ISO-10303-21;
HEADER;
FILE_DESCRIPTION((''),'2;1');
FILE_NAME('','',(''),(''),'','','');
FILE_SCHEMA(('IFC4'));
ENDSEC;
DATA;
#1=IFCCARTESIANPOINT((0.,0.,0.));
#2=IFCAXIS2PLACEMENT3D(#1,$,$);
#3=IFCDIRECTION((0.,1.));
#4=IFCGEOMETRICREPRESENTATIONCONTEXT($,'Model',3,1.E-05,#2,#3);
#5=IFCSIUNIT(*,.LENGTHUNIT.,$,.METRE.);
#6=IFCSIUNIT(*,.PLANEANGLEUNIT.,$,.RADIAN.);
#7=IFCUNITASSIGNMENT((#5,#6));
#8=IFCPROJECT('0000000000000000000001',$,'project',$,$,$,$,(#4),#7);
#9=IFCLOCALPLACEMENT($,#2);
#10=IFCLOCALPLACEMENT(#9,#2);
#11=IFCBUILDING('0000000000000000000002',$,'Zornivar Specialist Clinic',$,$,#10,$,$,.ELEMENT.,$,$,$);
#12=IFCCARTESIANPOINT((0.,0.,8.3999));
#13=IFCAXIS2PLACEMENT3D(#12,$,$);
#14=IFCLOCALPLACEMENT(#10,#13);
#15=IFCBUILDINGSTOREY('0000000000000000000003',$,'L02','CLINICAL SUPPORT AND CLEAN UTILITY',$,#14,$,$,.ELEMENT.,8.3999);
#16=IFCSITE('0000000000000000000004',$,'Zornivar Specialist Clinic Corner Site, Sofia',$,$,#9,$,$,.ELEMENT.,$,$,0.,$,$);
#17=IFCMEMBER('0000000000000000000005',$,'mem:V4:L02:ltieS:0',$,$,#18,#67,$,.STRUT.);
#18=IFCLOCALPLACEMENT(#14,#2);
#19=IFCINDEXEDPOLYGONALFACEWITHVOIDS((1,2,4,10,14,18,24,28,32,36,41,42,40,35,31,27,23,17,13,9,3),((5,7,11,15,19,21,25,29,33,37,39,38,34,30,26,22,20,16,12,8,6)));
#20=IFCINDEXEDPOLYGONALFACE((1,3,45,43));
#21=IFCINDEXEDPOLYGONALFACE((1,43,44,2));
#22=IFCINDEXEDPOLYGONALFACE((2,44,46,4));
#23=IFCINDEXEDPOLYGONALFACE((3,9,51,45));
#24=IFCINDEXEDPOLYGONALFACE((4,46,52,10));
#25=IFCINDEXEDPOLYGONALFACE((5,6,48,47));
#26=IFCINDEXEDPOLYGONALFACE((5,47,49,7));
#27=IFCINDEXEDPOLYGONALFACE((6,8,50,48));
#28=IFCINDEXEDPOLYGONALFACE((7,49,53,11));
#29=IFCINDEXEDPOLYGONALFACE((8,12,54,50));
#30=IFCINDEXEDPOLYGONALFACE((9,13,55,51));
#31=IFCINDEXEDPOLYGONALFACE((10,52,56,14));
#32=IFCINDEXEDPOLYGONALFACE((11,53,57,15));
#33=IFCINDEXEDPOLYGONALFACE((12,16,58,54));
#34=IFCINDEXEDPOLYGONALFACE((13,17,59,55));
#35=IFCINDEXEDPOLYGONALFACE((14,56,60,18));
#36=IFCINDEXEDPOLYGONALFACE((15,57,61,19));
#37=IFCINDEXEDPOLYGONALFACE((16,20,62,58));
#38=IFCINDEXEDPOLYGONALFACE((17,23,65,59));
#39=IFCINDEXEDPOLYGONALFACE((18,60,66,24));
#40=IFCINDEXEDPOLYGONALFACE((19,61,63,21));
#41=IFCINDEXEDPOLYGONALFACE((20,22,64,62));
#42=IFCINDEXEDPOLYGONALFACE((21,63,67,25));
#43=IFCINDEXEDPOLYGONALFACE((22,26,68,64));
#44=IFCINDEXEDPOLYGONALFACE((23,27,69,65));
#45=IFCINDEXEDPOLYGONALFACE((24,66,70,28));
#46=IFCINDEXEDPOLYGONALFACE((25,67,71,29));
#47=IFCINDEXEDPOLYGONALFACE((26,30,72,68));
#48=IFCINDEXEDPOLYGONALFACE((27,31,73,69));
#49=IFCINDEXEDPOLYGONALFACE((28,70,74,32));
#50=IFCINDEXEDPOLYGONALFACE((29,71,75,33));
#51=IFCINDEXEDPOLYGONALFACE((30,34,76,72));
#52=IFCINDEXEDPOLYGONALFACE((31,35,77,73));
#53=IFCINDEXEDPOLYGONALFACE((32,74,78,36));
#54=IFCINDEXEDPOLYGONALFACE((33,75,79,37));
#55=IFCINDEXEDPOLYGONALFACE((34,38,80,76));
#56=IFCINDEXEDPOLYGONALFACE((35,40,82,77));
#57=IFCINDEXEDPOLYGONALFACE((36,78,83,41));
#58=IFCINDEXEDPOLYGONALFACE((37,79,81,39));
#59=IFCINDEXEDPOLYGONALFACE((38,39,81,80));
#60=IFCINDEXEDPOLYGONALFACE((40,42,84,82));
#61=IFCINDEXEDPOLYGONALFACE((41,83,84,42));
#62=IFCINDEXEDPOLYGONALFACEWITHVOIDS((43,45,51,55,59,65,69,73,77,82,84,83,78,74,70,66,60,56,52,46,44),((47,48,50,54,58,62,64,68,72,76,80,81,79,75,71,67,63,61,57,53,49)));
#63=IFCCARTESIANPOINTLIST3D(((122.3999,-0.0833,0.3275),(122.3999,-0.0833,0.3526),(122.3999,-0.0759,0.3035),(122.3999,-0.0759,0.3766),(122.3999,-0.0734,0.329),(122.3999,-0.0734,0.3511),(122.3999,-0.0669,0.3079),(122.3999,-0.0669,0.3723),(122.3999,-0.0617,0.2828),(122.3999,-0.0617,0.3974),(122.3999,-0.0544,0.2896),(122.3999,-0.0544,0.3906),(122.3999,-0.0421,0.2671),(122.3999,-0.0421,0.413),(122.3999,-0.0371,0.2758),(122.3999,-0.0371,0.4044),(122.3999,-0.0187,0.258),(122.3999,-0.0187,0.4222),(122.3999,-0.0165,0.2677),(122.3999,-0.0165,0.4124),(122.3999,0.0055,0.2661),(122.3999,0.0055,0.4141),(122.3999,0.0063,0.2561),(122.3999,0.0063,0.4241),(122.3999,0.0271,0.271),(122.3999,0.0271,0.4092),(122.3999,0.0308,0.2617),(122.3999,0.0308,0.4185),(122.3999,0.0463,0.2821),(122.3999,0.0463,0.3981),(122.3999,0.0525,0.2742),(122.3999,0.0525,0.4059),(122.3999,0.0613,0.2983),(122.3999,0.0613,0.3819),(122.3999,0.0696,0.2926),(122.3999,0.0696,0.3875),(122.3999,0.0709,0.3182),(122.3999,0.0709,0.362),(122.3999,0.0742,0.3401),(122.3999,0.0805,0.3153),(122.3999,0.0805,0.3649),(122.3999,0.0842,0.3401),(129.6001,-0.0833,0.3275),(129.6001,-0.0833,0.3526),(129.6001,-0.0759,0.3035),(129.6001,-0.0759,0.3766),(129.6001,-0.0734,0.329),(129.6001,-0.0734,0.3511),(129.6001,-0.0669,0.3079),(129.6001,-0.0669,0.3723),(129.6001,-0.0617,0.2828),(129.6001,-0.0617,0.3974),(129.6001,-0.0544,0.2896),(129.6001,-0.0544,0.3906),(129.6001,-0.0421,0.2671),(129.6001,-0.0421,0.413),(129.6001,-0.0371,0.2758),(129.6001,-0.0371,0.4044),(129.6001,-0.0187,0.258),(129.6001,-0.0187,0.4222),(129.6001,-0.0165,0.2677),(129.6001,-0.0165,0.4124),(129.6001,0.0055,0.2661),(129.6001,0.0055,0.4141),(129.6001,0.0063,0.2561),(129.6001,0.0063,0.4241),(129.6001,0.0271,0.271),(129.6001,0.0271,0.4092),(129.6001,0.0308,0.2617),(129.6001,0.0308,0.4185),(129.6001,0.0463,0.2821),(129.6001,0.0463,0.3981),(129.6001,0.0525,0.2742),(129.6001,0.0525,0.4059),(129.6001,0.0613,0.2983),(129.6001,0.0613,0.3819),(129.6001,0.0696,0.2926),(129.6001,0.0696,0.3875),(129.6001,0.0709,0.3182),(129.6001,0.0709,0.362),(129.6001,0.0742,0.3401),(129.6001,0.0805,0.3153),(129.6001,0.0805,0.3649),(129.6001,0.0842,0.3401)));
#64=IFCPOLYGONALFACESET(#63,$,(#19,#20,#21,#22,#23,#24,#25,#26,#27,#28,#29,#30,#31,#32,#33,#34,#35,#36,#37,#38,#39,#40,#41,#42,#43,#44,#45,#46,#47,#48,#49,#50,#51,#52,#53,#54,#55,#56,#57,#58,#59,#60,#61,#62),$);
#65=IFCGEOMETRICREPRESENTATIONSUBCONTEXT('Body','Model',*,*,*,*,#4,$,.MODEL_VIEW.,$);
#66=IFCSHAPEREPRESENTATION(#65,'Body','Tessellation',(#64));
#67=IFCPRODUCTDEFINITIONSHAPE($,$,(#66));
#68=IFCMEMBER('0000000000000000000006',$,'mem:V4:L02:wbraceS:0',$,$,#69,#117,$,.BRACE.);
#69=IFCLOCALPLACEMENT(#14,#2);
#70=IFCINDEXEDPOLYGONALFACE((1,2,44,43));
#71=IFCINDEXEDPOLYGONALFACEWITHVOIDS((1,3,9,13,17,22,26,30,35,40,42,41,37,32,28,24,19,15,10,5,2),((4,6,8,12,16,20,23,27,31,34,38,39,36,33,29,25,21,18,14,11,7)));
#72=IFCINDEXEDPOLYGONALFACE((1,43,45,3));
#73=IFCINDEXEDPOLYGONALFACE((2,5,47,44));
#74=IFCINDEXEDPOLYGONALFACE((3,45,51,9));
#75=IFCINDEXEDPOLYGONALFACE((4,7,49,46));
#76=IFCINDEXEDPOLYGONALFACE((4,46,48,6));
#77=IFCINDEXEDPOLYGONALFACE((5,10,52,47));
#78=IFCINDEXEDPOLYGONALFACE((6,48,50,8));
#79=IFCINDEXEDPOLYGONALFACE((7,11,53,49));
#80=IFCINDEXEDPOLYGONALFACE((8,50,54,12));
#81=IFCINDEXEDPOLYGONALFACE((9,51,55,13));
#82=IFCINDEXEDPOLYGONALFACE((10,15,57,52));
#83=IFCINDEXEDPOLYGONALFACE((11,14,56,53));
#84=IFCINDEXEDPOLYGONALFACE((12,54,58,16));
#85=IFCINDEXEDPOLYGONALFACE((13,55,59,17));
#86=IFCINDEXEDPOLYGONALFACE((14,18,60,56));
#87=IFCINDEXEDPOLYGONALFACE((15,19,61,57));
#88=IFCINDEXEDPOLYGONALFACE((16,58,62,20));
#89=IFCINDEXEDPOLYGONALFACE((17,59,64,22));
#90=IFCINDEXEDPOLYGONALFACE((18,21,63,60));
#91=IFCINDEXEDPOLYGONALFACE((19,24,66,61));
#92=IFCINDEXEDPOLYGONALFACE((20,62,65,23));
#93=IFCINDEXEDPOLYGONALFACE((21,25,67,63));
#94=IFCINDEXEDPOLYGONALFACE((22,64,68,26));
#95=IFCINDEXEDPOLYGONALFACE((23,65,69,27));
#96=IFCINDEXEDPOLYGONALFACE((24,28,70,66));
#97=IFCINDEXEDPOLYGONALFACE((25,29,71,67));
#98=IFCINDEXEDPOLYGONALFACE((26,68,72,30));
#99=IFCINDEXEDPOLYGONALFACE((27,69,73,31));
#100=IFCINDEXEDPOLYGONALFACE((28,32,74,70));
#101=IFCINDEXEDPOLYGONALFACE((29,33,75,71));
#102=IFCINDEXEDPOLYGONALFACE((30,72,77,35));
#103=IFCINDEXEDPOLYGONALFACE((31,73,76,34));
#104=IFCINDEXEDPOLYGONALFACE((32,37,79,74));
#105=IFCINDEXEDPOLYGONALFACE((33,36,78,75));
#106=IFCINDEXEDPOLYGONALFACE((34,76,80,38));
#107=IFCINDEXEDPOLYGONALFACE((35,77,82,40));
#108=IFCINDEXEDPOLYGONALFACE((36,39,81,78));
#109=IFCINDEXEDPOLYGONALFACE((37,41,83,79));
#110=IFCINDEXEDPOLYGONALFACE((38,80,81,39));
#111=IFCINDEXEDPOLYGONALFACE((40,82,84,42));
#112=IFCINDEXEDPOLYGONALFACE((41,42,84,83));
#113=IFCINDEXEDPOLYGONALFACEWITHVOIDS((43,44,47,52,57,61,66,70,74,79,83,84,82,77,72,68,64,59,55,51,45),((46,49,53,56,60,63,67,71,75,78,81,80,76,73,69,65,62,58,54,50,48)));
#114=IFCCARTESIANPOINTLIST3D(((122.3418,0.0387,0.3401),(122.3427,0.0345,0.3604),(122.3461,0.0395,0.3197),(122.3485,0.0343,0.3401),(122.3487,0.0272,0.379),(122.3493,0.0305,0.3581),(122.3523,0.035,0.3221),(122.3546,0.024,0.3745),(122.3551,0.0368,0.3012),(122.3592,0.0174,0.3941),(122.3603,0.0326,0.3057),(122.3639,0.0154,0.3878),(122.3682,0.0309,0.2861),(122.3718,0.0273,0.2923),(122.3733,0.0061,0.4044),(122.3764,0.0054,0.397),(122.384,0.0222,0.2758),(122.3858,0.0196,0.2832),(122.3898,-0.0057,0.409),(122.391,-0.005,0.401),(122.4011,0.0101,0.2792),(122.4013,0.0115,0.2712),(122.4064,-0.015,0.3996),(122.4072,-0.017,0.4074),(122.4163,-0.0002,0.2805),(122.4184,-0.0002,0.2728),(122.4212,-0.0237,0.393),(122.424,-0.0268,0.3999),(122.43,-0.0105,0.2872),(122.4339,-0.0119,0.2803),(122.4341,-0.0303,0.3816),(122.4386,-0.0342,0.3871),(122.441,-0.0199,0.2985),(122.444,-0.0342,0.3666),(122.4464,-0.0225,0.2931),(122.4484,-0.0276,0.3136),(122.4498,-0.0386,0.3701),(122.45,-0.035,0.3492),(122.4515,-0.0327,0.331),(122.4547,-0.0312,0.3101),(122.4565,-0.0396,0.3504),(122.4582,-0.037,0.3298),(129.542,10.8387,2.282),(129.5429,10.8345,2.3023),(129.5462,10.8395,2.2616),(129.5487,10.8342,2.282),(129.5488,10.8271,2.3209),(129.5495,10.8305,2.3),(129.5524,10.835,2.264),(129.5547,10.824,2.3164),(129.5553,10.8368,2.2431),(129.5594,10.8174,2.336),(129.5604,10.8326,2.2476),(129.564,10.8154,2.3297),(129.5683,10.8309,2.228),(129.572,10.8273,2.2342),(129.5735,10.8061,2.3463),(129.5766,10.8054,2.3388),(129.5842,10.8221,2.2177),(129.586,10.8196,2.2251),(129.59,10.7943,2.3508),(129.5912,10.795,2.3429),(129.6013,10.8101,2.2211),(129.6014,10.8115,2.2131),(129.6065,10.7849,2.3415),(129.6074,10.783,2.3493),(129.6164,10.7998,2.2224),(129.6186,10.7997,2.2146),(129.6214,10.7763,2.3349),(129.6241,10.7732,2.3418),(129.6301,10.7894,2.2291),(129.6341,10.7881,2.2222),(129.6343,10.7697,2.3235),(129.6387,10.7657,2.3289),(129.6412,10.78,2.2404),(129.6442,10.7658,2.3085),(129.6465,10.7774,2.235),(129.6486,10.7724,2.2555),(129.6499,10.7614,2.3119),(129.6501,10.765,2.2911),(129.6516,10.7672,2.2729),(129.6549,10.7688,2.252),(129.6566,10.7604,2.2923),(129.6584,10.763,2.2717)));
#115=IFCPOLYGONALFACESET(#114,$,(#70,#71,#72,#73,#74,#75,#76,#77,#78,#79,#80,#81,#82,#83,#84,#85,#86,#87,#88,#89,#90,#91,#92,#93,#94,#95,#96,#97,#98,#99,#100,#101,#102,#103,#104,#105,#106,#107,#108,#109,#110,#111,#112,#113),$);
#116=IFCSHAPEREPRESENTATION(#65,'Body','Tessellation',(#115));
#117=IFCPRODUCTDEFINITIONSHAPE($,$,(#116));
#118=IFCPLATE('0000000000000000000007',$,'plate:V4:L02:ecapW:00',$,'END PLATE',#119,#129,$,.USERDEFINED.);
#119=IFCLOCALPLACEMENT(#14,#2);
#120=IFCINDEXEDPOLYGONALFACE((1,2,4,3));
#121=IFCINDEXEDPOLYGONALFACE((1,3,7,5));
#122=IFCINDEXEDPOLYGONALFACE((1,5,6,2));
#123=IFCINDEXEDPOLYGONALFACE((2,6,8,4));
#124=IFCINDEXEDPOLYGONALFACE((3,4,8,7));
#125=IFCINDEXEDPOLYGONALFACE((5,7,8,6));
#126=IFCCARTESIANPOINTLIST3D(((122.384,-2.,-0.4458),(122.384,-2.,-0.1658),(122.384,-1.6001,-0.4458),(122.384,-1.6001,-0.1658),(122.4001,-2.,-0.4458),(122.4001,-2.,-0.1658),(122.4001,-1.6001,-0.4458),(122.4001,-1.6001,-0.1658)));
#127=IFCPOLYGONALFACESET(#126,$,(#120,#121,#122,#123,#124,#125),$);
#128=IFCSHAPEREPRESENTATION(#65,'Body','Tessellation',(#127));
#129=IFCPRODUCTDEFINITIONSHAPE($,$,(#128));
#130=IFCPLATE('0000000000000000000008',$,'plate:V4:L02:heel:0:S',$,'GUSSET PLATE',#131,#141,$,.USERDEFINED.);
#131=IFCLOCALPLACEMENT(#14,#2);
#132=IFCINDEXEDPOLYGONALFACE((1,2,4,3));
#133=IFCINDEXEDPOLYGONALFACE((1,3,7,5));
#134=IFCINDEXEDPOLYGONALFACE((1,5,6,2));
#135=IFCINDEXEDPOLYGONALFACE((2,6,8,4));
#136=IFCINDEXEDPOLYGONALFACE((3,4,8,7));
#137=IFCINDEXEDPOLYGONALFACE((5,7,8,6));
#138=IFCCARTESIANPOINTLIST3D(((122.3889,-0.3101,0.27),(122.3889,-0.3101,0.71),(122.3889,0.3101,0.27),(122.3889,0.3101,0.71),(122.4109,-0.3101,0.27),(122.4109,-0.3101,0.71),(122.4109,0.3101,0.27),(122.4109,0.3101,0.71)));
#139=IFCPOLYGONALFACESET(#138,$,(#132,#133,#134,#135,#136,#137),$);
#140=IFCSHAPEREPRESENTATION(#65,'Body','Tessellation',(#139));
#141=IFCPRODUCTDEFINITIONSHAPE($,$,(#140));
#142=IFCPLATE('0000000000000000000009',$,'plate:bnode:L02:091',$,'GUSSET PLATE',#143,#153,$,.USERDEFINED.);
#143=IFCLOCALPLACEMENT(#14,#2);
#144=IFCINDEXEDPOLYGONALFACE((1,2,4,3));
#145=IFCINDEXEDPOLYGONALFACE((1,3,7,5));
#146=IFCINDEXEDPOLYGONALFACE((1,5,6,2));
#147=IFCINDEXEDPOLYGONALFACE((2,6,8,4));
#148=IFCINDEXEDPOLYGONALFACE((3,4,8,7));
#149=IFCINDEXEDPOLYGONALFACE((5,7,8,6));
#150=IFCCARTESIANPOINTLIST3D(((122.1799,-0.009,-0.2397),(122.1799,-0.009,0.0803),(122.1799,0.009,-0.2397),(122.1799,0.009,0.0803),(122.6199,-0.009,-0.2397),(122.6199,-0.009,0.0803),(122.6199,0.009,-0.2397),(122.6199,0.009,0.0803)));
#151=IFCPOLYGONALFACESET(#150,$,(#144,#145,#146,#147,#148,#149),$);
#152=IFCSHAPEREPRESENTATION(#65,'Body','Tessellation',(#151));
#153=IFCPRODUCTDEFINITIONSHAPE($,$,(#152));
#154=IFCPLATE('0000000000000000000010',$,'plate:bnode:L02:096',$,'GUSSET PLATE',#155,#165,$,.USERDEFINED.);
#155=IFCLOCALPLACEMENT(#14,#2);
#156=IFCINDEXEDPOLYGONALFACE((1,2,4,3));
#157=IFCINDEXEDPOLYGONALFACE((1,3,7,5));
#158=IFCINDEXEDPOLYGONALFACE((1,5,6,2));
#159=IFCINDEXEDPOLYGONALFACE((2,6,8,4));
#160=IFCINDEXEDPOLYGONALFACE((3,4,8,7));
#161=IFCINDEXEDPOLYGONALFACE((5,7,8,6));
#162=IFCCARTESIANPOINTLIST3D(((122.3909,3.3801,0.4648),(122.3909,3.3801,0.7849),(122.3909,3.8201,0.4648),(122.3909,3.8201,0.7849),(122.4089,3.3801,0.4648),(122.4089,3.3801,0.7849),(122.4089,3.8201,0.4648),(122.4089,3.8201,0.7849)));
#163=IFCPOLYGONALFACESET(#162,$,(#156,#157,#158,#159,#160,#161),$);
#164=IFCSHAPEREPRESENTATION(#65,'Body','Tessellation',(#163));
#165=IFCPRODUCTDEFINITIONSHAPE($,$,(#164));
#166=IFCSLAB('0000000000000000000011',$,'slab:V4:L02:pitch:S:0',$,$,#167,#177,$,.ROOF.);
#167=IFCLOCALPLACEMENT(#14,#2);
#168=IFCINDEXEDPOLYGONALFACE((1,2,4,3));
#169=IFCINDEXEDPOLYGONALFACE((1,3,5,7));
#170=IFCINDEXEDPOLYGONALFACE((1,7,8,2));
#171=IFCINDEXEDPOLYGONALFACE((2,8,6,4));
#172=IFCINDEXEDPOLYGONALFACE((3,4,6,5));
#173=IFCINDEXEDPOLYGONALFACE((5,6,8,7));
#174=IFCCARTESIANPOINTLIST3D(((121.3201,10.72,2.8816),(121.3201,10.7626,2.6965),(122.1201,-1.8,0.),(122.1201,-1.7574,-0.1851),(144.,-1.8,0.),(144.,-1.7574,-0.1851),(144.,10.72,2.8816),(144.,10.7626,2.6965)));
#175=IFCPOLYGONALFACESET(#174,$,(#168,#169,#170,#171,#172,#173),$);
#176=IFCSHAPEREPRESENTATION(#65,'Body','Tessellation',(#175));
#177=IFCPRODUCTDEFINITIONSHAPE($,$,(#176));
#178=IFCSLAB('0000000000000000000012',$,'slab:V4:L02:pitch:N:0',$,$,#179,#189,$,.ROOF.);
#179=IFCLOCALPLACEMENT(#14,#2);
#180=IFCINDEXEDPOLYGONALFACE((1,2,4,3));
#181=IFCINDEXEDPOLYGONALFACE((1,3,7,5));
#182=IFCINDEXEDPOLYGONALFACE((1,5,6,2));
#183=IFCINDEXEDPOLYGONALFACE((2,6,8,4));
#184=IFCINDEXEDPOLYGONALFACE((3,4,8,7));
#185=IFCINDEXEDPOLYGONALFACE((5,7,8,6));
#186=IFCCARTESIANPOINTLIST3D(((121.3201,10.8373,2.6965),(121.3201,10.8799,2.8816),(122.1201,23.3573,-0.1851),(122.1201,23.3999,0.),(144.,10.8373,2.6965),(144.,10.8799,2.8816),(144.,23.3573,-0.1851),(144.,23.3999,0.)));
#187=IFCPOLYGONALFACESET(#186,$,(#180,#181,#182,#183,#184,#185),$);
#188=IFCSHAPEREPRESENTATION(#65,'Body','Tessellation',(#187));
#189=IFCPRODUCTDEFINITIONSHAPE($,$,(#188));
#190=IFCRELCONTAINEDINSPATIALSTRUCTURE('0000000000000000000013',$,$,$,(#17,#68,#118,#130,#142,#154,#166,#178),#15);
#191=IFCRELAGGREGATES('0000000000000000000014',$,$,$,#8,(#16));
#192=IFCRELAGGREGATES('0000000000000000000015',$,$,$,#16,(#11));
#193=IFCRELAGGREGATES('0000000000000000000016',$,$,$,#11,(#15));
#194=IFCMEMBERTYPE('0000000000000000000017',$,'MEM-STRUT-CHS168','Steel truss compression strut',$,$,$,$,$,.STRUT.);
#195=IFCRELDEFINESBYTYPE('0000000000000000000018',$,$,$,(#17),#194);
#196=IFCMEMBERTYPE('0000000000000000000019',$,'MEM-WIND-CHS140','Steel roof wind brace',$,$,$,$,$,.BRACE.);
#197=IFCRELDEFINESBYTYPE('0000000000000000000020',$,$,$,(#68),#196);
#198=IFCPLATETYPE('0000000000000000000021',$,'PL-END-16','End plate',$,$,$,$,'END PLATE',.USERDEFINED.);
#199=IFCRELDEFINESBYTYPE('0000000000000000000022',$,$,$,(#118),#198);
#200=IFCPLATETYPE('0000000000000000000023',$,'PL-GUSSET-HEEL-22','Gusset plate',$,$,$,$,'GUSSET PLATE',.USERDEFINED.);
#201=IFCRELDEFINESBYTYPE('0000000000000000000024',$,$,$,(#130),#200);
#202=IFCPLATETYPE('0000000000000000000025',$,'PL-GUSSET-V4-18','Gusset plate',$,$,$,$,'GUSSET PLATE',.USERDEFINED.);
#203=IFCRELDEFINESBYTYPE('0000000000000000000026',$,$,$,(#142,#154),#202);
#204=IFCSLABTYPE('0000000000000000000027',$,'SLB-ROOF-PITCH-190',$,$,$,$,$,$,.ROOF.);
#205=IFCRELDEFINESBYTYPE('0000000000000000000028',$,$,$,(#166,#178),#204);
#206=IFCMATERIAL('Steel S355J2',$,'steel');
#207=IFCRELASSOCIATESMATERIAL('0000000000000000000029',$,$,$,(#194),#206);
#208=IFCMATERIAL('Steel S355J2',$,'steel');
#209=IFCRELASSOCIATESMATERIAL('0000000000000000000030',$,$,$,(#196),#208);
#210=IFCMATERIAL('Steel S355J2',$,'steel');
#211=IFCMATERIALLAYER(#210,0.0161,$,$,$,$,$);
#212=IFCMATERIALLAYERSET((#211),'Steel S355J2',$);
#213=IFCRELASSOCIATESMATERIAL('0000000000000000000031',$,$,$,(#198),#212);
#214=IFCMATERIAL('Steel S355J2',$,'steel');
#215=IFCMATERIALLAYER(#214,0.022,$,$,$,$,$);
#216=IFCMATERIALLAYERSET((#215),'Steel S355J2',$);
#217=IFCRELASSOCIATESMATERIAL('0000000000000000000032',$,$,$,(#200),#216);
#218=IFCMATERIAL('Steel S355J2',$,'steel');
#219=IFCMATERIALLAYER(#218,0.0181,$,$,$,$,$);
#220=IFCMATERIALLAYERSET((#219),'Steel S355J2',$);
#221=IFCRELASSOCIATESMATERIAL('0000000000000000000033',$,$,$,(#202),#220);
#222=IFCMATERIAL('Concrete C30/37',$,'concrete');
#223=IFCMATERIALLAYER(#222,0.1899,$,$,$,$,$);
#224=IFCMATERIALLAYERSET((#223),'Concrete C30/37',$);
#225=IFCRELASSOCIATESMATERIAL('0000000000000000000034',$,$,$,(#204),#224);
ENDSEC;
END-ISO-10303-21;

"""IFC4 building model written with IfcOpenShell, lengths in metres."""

from ifc_helpers import new_model, si_unit, direction, frame, origin, origin_2d, place, context, subcontext, project, spatial, polyline, rectangle, hollow_circle, outline, extrude, material, layer, layer_set, material_profile, profile_set, type_object, element, save


model = new_model("IFC4")

# Units and contexts
model_context = context("Model", 3, precision=1e-05, world=origin(), true_north=direction((0.0, 1.0)))
body_context = subcontext(model_context, "Body", "Model", "MODEL_VIEW")
ifc_project = project(units=[si_unit("LENGTHUNIT", "METRE"), si_unit("PLANEANGLEUNIT", "RADIAN")], contexts=[model_context])

# Site, building, storey
site_placement = place(None, origin())
site = spatial("IfcSite", under=ifc_project, at=site_placement, Name="Zornivar Specialist Clinic Corner Site, Sofia", CompositionType="ELEMENT", RefElevation=0.0)
building_placement = place(site_placement, origin())
building = spatial("IfcBuilding", under=site, at=building_placement, Name="Zornivar Specialist Clinic", CompositionType="ELEMENT")
storey_placement = place(building_placement, frame((0.0, 0.0, 8.3999)))
storey = spatial("IfcBuildingStorey", under=building, at=storey_placement, Name="L02", Description="CLINICAL SUPPORT AND CLEAN UTILITY", CompositionType="ELEMENT", Elevation=8.3999)

# Members
ifc_material_1 = material(Name="Steel S355J2", Category="steel")
ifc_material_profile_1 = material_profile(ifc_material_1, hollow_circle(Radius=0.0842, WallThickness=0.01, at=origin_2d()), Name="CHS 168.3x10")
ifc_profile_set_1 = profile_set([ifc_material_profile_1], Name="Steel S355J2")
member_type_1 = type_object("IfcMemberType", Name="MEM-STRUT-CHS168", Description="Steel truss compression strut", PredefinedType="STRUT", material=ifc_profile_set_1)
member_1_placement = place(storey_placement, frame((122.3999, 0.0, 0.3401), z_axis=(1.0, 0.0, 0.0), x_axis=(0.0, 1.0, 0.0)))
element("IfcMember", 1, at=member_1_placement, inside=storey, type_object=member_type_1, Name="mem:V4:L02:ltieS:0", PredefinedType="STRUT", context=body_context, shape_type="SweptSolid", body=[
    extrude(hollow_circle(Radius=0.0842, WallThickness=0.01, at=origin_2d()), origin(), (0.0, 0.0, 1.0), 7.2002),
])
ifc_material_2 = material(Name="Steel S355J2", Category="steel")
ifc_material_profile_2 = material_profile(ifc_material_2, hollow_circle(Radius=0.0698, WallThickness=0.0081, at=origin_2d()), Name="CHS 139.7x8")
ifc_profile_set_2 = profile_set([ifc_material_profile_2], Name="Steel S355J2")
member_type_2 = type_object("IfcMemberType", Name="MEM-WIND-CHS140", Description="Steel roof wind brace", PredefinedType="BRACE", material=ifc_profile_set_2)
member_2_placement = place(storey_placement, frame((122.3999, 0.0, 0.3401), z_axis=(0.548604, 0.822887, 0.147959), x_axis=(-0.832045, 0.554709, 0.0)))
element("IfcMember", 2, at=member_2_placement, inside=storey, type_object=member_type_2, Name="mem:V4:L02:wbraceS:0", PredefinedType="BRACE", context=body_context, shape_type="SweptSolid", body=[
    extrude(hollow_circle(Radius=0.0698, WallThickness=0.0081, at=origin_2d()), origin(), (0.0, 0.0, 1.0), 13.1245),
])

# Plates
ifc_material_3 = material(Name="Steel S355J2", Category="steel")
ifc_layer_1 = layer(ifc_material_3, 0.0161)
ifc_layer_set_1 = layer_set([ifc_layer_1], Name="Steel S355J2")
plate_type_1 = type_object("IfcPlateType", Name="PL-END-16", Description="End plate", ElementType="END PLATE", PredefinedType="USERDEFINED", material=ifc_layer_set_1)
plate_1_placement = place(storey_placement, frame((122.3921, -1.8, -0.4458), z_axis=(0.0, 0.0, 1.0), x_axis=(1.0, 0.0, 0.0)))
element("IfcPlate", 3, at=plate_1_placement, inside=storey, type_object=plate_type_1, Name="plate:V4:L02:ecapW:00", ObjectType="END PLATE", PredefinedType="USERDEFINED", context=body_context, shape_type="SweptSolid", body=[
    extrude(rectangle(XDim=0.0161, YDim=0.3999, at=origin_2d()), origin(), (0.0, 0.0, 1.0), 0.28),
])
ifc_material_4 = material(Name="Steel S355J2", Category="steel")
ifc_layer_2 = layer(ifc_material_4, 0.022)
ifc_layer_set_2 = layer_set([ifc_layer_2], Name="Steel S355J2")
plate_type_2 = type_object("IfcPlateType", Name="PL-GUSSET-HEEL-22", Description="Gusset plate", ElementType="GUSSET PLATE", PredefinedType="USERDEFINED", material=ifc_layer_set_2)
plate_2_placement = place(storey_placement, frame((122.3999, 0.0, 0.27), z_axis=(0.0, 0.0, 1.0), x_axis=(1.0, 0.0, 0.0)))
element("IfcPlate", 4, at=plate_2_placement, inside=storey, type_object=plate_type_2, Name="plate:V4:L02:heel:0:S", ObjectType="GUSSET PLATE", PredefinedType="USERDEFINED", context=body_context, shape_type="SweptSolid", body=[
    extrude(rectangle(XDim=0.022, YDim=0.6201, at=origin_2d()), origin(), (0.0, 0.0, 1.0), 0.4399),
])
ifc_material_5 = material(Name="Steel S355J2", Category="steel")
ifc_layer_3 = layer(ifc_material_5, 0.0181)
ifc_layer_set_3 = layer_set([ifc_layer_3], Name="Steel S355J2")
plate_type_3 = type_object("IfcPlateType", Name="PL-GUSSET-V4-18", Description="Gusset plate", ElementType="GUSSET PLATE", PredefinedType="USERDEFINED", material=ifc_layer_set_3)
for number, where, z_axis, x_axis, name in (
    (5, (122.3999, 0.0, -0.2397), (0.0, 0.0, 1.0), (1.0, 0.0, 0.0), "plate:bnode:L02:091"),
    (6, (122.3999, 3.6001, 0.4648), (0.0, 0.0, 1.0), (0.0, 1.0, 0.0), "plate:bnode:L02:096"),
):
    element("IfcPlate", number, at=place(storey_placement, frame(where, z_axis=z_axis, x_axis=x_axis)), inside=storey, type_object=plate_type_3, Name=name, ObjectType="GUSSET PLATE", PredefinedType="USERDEFINED", context=body_context, shape_type="SweptSolid", body=[
        extrude(rectangle(XDim=0.4399, YDim=0.0181, at=origin_2d()), origin(), (0.0, 0.0, 1.0), 0.3201),
    ])

# Slabs
ifc_material_6 = material(Name="Concrete C30/37", Category="concrete")
ifc_layer_4 = layer(ifc_material_6, 0.1899)
ifc_layer_set_4 = layer_set([ifc_layer_4], Name="Concrete C30/37")
slab_type = type_object("IfcSlabType", Name="SLB-ROOF-PITCH-190", PredefinedType="ROOF", material=ifc_layer_set_4)
slab_1_placement = place(storey_placement, frame((122.1201, -1.8, 0.0), z_axis=(0.0, -0.224295, 0.974521), x_axis=(1.0, 0.0, 0.0)))
element("IfcSlab", 7, at=slab_1_placement, inside=storey, type_object=slab_type, Name="slab:V4:L02:pitch:S:0", PredefinedType="ROOF", context=body_context, shape_type="SweptSolid", body=[
    extrude(outline(polyline([(0.0, 0.0), (21.8799, 0.0), (21.8799, 12.8474), (-0.8, 12.8474), (0.0, 0.0)])), origin(), (0.0, 0.0, -1.0), 0.1899),
])
slab_2_placement = place(storey_placement, frame((121.3201, 10.8799, 2.8816), z_axis=(0.0, 0.224295, 0.974521), x_axis=(1.0, 0.0, 0.0)))
element("IfcSlab", 8, at=slab_2_placement, inside=storey, type_object=slab_type, Name="slab:V4:L02:pitch:N:0", PredefinedType="ROOF", context=body_context, shape_type="SweptSolid", body=[
    extrude(outline(polyline([(0.0, 0.0), (22.6799, 0.0), (22.6799, 12.8474), (0.8, 12.8474), (0.0, 0.0)])), origin(), (0.0, 0.0, -1.0), 0.1899),
])

save(model, "model.ifc")
